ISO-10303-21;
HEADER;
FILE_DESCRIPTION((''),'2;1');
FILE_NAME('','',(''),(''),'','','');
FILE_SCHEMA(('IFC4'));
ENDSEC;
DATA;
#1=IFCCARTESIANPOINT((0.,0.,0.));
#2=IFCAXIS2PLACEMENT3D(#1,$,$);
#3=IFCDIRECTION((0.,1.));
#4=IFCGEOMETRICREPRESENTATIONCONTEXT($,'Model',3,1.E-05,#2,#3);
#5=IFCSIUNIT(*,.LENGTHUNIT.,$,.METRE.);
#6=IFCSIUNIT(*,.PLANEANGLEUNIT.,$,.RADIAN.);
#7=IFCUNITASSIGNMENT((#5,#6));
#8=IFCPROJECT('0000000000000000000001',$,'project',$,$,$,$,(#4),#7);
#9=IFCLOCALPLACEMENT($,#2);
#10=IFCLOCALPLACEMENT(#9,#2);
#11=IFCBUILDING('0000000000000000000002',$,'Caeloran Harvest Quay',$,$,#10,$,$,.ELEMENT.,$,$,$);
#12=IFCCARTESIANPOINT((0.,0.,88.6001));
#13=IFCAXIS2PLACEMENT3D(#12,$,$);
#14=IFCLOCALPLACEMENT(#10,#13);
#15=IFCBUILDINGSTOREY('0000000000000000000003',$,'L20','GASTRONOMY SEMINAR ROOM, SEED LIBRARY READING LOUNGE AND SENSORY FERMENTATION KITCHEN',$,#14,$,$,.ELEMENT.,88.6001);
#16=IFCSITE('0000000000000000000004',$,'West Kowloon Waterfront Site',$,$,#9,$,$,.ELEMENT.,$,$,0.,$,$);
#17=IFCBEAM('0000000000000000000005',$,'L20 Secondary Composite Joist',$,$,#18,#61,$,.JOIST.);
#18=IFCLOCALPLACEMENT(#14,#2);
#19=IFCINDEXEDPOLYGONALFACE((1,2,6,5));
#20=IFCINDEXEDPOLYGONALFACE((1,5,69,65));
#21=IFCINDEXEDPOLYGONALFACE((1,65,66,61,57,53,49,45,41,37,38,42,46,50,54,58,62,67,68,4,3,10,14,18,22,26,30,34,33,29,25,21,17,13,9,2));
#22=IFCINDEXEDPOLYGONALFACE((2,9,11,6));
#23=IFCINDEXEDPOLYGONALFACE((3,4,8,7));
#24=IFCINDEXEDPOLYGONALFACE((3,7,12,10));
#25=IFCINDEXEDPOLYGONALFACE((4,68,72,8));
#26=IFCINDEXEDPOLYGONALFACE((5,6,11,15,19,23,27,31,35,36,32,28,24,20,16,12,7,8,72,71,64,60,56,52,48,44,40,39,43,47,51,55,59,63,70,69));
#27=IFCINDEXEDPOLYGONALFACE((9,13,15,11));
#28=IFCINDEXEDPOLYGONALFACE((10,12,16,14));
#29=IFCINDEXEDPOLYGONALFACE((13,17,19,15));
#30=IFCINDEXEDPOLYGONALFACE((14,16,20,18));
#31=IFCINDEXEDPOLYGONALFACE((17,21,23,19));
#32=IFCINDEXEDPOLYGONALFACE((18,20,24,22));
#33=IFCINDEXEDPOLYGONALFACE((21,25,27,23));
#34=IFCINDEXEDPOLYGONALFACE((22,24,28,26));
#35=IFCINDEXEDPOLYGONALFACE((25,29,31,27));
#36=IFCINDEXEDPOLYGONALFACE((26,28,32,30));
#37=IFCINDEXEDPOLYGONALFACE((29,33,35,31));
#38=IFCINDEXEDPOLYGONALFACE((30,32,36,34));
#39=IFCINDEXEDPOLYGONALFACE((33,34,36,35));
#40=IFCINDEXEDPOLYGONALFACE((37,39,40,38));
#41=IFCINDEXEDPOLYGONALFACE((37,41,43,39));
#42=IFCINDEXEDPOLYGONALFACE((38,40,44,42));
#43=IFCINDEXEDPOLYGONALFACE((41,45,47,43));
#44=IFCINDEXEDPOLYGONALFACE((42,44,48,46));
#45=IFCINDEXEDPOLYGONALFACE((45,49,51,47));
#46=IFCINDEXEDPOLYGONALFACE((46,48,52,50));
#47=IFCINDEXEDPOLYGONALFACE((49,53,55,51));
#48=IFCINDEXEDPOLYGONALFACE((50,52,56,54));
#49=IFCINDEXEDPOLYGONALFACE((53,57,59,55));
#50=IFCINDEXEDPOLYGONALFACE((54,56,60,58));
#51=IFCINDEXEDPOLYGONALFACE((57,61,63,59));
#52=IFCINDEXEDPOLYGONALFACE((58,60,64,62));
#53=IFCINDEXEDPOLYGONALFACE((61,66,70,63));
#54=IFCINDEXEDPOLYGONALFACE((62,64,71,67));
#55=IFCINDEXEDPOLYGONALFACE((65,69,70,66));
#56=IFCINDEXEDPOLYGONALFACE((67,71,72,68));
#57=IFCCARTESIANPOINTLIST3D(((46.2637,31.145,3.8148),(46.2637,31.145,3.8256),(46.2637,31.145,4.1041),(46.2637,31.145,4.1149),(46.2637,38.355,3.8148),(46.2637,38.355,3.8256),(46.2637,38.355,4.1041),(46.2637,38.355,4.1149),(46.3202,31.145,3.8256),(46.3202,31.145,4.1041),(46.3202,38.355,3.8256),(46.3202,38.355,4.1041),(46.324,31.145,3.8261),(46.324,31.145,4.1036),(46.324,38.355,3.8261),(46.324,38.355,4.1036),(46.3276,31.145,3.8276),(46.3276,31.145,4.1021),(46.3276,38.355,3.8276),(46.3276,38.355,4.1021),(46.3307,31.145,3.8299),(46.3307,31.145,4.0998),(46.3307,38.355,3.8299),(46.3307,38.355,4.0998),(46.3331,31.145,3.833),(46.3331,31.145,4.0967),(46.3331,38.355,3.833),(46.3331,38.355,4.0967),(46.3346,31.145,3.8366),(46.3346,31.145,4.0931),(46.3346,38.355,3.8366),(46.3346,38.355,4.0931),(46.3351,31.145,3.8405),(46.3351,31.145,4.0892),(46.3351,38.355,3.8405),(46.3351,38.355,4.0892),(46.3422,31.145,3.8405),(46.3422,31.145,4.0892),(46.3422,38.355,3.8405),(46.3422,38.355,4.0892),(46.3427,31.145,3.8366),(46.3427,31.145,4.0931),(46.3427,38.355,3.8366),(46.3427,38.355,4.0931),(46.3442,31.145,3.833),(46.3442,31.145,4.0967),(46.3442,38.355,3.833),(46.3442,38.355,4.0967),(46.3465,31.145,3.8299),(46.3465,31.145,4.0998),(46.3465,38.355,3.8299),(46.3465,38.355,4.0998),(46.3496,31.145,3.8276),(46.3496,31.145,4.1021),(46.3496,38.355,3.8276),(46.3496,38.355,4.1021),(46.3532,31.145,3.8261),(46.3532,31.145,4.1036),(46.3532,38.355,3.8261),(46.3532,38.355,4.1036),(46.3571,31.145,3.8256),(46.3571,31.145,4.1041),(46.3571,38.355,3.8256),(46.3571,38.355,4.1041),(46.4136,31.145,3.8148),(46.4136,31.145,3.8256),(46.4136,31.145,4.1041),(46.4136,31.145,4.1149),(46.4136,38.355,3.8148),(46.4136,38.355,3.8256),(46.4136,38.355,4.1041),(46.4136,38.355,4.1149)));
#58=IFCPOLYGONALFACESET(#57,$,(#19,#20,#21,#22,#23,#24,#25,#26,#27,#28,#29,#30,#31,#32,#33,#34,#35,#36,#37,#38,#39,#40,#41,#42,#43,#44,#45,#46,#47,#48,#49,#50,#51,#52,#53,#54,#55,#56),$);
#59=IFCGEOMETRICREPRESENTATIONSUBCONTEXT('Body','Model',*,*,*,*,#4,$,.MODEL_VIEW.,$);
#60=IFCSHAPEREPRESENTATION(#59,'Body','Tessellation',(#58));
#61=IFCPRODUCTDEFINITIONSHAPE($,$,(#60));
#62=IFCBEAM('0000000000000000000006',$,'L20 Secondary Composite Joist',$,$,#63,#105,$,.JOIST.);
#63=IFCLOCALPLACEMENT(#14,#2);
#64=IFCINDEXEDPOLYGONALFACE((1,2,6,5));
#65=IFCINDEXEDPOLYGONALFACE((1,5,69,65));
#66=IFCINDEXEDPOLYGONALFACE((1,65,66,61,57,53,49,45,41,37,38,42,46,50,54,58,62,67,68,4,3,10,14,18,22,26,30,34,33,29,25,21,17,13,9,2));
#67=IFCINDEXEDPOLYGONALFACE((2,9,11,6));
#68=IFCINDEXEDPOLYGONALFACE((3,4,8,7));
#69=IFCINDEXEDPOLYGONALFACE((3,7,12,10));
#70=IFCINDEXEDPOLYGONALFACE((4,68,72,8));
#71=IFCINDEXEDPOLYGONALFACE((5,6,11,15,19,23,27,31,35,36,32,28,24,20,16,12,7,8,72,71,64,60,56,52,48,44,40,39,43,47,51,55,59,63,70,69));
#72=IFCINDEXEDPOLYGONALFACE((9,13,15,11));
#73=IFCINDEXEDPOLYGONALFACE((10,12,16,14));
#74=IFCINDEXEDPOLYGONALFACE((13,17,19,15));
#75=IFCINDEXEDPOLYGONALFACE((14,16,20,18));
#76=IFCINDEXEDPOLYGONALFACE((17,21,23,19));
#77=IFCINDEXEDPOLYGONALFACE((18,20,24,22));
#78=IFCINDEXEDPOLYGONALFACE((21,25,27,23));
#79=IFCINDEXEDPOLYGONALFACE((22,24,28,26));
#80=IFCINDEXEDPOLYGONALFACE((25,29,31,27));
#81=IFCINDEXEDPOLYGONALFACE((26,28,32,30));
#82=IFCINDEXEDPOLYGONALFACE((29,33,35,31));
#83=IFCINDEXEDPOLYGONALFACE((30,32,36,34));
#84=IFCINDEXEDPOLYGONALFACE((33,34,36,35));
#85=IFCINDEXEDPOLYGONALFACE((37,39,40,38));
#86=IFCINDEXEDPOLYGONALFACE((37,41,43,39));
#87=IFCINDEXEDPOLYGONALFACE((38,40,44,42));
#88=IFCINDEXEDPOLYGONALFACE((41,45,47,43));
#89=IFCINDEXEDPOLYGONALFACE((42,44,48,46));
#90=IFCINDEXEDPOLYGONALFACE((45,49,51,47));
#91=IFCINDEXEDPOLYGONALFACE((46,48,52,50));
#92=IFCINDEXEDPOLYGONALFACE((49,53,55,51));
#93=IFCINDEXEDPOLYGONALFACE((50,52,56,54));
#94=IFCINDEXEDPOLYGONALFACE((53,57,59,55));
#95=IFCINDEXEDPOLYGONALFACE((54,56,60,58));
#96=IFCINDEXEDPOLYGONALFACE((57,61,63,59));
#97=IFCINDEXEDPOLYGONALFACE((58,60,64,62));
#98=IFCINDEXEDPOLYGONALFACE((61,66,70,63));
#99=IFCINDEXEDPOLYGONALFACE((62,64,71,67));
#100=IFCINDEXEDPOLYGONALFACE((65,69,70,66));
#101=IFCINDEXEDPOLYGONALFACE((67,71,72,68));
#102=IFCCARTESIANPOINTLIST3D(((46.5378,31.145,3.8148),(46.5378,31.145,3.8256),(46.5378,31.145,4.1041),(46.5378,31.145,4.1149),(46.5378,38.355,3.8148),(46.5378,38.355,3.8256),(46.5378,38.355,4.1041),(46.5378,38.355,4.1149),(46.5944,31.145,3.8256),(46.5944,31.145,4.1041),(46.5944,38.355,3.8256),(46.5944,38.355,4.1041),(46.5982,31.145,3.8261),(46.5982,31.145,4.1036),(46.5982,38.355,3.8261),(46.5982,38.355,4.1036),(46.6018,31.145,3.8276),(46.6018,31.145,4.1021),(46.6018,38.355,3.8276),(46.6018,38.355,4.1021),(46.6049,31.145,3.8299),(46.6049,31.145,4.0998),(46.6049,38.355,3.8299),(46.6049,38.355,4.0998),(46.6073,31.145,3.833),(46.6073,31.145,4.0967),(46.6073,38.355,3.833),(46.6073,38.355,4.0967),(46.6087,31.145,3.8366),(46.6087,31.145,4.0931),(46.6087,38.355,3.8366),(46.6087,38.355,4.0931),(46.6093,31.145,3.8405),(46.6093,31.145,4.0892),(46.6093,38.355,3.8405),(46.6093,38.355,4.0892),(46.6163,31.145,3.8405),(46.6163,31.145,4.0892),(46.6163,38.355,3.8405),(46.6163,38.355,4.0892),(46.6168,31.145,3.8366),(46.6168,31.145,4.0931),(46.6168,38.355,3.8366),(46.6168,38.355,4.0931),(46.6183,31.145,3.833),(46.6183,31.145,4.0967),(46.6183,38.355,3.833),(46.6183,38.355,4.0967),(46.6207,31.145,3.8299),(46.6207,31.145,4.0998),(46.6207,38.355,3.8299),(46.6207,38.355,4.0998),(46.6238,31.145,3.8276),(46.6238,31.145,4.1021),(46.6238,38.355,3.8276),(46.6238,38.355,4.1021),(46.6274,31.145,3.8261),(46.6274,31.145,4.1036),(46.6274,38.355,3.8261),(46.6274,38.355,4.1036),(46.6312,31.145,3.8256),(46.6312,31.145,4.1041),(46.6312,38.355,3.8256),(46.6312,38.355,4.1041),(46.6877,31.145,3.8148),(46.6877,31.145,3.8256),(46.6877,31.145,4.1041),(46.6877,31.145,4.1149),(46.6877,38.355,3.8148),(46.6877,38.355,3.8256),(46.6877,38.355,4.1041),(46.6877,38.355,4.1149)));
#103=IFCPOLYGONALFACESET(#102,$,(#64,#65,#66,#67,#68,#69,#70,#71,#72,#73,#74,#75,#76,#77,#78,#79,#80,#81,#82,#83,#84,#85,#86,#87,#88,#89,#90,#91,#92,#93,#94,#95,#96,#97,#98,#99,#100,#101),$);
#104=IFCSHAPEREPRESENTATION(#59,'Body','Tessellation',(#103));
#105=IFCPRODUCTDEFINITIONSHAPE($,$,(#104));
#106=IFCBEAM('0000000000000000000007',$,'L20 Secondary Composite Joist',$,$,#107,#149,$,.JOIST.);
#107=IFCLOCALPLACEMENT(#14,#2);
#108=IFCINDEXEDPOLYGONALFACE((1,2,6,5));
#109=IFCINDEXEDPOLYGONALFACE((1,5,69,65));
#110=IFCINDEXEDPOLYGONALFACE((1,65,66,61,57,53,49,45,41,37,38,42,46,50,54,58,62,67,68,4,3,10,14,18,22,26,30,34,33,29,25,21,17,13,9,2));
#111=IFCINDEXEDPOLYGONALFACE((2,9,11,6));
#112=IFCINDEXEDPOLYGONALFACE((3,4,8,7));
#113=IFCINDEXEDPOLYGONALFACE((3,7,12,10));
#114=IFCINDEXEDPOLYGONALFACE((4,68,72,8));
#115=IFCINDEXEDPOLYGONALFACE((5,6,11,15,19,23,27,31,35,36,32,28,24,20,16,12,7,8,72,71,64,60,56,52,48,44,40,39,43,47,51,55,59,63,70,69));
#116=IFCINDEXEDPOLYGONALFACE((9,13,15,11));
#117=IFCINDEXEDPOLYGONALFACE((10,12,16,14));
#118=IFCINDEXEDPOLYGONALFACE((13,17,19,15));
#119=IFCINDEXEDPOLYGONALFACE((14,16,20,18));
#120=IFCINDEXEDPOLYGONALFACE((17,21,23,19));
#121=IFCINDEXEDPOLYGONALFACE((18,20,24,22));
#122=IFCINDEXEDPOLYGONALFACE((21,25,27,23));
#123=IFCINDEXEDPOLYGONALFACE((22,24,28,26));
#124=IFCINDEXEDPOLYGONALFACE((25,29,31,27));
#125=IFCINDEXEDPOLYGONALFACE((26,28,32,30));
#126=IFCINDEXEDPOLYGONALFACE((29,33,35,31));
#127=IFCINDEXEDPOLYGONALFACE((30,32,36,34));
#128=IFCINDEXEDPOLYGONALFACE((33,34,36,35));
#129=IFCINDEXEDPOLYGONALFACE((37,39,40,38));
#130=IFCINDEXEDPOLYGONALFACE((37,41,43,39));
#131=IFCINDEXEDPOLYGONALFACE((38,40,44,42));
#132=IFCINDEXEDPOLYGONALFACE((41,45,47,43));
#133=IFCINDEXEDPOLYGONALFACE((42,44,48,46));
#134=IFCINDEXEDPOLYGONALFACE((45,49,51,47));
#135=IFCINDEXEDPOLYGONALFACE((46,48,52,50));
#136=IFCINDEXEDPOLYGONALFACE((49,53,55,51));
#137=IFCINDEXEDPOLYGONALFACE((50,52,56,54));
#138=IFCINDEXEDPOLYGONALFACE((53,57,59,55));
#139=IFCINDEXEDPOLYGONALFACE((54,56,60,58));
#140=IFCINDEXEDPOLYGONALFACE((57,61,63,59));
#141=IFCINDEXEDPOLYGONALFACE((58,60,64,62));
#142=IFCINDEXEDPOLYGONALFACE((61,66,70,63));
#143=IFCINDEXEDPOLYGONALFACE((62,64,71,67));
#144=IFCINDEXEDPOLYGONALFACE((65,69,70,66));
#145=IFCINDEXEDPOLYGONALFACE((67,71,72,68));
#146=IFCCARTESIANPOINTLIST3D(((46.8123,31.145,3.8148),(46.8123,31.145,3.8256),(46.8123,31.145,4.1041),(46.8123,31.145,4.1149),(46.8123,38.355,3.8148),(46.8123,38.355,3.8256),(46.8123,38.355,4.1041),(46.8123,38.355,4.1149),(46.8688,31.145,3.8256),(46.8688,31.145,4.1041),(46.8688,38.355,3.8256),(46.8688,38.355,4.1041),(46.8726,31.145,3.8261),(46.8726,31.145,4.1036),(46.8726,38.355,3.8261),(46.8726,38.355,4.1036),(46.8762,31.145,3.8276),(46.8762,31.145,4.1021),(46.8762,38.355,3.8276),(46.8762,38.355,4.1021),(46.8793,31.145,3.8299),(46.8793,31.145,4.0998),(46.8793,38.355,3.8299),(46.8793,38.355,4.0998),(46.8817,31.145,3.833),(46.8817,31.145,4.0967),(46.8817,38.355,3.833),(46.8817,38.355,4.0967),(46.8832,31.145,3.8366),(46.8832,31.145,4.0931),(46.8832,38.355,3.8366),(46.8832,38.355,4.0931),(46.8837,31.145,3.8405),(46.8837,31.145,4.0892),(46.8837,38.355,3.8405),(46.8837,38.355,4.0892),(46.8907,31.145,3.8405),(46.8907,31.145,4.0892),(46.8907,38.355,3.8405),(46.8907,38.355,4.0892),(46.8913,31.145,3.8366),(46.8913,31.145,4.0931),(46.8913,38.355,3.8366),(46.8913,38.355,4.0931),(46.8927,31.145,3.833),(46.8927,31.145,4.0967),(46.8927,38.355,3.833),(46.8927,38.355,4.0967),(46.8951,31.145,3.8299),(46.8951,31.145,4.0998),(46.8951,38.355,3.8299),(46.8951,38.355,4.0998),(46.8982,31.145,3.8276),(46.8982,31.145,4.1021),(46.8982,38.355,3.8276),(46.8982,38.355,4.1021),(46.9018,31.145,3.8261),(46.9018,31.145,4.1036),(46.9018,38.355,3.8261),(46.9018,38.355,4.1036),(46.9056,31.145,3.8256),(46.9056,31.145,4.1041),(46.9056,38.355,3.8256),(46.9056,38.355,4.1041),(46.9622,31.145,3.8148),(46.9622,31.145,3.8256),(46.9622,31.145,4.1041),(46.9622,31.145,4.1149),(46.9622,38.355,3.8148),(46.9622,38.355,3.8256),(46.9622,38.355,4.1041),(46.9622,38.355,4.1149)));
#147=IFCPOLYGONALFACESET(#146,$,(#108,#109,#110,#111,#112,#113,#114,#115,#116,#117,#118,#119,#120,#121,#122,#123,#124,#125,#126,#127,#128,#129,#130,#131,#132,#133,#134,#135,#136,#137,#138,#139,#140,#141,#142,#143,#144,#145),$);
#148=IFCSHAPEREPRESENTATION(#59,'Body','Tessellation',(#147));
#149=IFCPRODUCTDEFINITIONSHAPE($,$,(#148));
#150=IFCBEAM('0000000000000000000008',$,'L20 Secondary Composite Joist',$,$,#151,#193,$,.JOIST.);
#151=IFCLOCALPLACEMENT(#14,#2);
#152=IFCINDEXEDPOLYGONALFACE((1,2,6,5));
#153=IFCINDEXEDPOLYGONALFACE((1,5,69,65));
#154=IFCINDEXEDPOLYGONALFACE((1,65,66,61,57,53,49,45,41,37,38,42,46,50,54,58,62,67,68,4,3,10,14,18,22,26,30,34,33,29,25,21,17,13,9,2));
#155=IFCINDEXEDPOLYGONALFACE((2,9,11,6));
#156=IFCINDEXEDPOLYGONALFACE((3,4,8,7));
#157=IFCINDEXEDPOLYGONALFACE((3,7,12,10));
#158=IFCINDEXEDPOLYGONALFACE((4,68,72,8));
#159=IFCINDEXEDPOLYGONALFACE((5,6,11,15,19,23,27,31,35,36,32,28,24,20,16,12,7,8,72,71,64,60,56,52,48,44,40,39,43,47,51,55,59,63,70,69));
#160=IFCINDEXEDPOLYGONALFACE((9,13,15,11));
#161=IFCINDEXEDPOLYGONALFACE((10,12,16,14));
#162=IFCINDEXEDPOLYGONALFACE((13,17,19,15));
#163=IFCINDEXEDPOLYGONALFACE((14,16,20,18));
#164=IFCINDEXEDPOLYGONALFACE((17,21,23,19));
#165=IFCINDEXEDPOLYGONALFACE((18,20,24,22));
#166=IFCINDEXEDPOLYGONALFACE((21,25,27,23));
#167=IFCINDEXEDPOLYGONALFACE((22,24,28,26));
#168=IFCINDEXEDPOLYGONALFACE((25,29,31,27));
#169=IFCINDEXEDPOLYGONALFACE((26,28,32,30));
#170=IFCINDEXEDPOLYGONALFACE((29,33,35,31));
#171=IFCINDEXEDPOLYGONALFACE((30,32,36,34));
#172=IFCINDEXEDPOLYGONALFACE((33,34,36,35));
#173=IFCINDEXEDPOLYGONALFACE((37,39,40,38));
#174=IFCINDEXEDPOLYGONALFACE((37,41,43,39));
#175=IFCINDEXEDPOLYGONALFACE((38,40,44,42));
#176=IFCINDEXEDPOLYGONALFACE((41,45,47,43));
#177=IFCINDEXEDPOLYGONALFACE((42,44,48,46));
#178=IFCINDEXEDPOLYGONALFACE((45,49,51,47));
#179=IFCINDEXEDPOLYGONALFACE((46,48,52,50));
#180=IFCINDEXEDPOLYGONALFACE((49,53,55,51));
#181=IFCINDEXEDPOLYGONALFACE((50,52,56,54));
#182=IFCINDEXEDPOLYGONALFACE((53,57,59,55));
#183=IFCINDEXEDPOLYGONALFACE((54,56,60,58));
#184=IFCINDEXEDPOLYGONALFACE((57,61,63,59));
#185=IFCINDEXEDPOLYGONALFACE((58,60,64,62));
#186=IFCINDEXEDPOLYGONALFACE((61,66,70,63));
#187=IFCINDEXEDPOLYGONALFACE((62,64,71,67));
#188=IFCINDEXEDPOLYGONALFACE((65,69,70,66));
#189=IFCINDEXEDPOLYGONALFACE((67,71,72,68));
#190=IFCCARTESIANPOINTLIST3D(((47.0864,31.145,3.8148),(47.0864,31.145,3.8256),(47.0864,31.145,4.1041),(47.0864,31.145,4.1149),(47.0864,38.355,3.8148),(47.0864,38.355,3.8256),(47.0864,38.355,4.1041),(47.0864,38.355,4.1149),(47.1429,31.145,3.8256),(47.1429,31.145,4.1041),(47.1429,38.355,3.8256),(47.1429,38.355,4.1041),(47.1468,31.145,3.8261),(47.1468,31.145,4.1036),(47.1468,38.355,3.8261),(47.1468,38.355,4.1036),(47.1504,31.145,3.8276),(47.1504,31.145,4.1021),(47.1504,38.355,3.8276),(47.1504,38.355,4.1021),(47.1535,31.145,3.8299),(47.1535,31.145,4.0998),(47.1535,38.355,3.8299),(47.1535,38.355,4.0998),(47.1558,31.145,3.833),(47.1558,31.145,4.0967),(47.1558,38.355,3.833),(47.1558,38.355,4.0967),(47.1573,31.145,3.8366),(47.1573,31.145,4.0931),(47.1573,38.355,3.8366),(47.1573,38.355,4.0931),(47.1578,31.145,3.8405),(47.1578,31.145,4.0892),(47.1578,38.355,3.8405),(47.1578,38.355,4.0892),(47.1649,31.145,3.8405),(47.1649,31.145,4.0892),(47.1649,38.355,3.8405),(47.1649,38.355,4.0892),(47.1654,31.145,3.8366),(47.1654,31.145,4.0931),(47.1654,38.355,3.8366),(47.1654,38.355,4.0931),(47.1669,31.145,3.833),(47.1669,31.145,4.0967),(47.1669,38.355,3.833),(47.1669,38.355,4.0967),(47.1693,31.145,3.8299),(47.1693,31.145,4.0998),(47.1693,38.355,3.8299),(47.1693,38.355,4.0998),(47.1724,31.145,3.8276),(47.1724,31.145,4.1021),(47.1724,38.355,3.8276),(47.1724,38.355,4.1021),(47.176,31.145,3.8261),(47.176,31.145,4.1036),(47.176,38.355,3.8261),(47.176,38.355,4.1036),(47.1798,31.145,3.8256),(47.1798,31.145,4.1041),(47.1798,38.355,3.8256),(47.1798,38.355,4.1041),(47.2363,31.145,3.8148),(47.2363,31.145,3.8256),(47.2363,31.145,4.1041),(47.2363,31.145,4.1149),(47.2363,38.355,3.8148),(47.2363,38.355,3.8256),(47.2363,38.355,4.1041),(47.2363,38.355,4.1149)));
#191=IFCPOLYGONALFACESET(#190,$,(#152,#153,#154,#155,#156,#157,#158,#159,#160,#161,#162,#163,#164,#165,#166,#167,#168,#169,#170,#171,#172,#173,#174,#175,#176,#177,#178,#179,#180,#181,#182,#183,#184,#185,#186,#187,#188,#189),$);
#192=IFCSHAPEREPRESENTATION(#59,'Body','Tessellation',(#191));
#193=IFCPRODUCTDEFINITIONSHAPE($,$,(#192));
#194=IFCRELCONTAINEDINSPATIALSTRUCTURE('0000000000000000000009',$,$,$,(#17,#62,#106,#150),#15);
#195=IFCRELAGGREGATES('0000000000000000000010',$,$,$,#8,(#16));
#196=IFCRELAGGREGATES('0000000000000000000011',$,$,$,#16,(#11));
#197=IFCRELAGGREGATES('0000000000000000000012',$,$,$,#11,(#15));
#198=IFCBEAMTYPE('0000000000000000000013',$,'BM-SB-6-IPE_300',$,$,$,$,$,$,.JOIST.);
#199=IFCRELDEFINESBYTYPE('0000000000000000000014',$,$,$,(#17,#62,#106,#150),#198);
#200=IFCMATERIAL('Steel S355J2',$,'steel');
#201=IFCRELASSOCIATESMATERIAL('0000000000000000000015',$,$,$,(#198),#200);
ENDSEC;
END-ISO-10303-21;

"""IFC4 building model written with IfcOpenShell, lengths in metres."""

from ifc_helpers import new_model, si_unit, direction, frame, origin, origin_2d, place, context, subcontext, project, spatial, i_section, extrude, material, material_profile, profile_set, type_object, element, save


model = new_model("IFC4")

# Units and contexts
model_context = context("Model", 3, precision=1e-05, world=origin(), true_north=direction((0.0, 1.0)))
body_context = subcontext(model_context, "Body", "Model", "MODEL_VIEW")
ifc_project = project(units=[si_unit("LENGTHUNIT", "METRE"), si_unit("PLANEANGLEUNIT", "RADIAN")], contexts=[model_context])

# Site, building, storey
site_placement = place(None, origin())
site = spatial("IfcSite", under=ifc_project, at=site_placement, Name="West Kowloon Waterfront Site", CompositionType="ELEMENT", RefElevation=0.0)
building_placement = place(site_placement, origin())
building = spatial("IfcBuilding", under=site, at=building_placement, Name="Caeloran Harvest Quay", CompositionType="ELEMENT")
storey_placement = place(building_placement, frame((0.0, 0.0, 88.6001)))
storey = spatial("IfcBuildingStorey", under=building, at=storey_placement, Name="L20", Description="GASTRONOMY SEMINAR ROOM, SEED LIBRARY READING LOUNGE AND SENSORY FERMENTATION KITCHEN", CompositionType="ELEMENT", Elevation=88.6001)

# Beams
ifc_material_1 = material(Name="Steel S355J2", Category="steel")
ifc_material_profile_1 = material_profile(ifc_material_1, i_section(OverallWidth=0.1499, OverallDepth=0.3, WebThickness=0.0071, FlangeThickness=0.0107, FilletRadius=0.0149, at=origin_2d()), Name="IPE 300")
ifc_profile_set_1 = profile_set([ifc_material_profile_1], Name="Steel S355J2")
beam_type_1 = type_object("IfcBeamType", Name="BM-SB-6-IPE_300", PredefinedType="JOIST", material=ifc_profile_set_1)
for number, where, z_axis, x_axis, name in (
    (1, (46.3386, 31.145, 3.9648), (0.0, 1.0, 0.0), (-1.0, 0.0, 0.0), "L20 Secondary Composite Joist"),
    (2, (46.6128, 31.145, 3.9648), (0.0, 1.0, 0.0), (-1.0, 0.0, 0.0), "L20 Secondary Composite Joist"),
    (3, (46.8872, 31.145, 3.9648), (0.0, 1.0, 0.0), (-1.0, 0.0, 0.0), "L20 Secondary Composite Joist"),
    (4, (47.1614, 31.145, 3.9648), (0.0, 1.0, 0.0), (-1.0, 0.0, 0.0), "L20 Secondary Composite Joist"),
):
    element("IfcBeam", number, at=place(storey_placement, frame(where, z_axis=z_axis, x_axis=x_axis)), inside=storey, type_object=beam_type_1, Name=name, PredefinedType="JOIST", context=body_context, shape_type="SweptSolid", body=[
        extrude(i_section(OverallWidth=0.1499, OverallDepth=0.3, WebThickness=0.0071, FlangeThickness=0.0107, FilletRadius=0.0149, at=origin_2d()), origin(), (0.0, 0.0, 1.0), 7.21),
    ])

save(model, "model.ifc")
